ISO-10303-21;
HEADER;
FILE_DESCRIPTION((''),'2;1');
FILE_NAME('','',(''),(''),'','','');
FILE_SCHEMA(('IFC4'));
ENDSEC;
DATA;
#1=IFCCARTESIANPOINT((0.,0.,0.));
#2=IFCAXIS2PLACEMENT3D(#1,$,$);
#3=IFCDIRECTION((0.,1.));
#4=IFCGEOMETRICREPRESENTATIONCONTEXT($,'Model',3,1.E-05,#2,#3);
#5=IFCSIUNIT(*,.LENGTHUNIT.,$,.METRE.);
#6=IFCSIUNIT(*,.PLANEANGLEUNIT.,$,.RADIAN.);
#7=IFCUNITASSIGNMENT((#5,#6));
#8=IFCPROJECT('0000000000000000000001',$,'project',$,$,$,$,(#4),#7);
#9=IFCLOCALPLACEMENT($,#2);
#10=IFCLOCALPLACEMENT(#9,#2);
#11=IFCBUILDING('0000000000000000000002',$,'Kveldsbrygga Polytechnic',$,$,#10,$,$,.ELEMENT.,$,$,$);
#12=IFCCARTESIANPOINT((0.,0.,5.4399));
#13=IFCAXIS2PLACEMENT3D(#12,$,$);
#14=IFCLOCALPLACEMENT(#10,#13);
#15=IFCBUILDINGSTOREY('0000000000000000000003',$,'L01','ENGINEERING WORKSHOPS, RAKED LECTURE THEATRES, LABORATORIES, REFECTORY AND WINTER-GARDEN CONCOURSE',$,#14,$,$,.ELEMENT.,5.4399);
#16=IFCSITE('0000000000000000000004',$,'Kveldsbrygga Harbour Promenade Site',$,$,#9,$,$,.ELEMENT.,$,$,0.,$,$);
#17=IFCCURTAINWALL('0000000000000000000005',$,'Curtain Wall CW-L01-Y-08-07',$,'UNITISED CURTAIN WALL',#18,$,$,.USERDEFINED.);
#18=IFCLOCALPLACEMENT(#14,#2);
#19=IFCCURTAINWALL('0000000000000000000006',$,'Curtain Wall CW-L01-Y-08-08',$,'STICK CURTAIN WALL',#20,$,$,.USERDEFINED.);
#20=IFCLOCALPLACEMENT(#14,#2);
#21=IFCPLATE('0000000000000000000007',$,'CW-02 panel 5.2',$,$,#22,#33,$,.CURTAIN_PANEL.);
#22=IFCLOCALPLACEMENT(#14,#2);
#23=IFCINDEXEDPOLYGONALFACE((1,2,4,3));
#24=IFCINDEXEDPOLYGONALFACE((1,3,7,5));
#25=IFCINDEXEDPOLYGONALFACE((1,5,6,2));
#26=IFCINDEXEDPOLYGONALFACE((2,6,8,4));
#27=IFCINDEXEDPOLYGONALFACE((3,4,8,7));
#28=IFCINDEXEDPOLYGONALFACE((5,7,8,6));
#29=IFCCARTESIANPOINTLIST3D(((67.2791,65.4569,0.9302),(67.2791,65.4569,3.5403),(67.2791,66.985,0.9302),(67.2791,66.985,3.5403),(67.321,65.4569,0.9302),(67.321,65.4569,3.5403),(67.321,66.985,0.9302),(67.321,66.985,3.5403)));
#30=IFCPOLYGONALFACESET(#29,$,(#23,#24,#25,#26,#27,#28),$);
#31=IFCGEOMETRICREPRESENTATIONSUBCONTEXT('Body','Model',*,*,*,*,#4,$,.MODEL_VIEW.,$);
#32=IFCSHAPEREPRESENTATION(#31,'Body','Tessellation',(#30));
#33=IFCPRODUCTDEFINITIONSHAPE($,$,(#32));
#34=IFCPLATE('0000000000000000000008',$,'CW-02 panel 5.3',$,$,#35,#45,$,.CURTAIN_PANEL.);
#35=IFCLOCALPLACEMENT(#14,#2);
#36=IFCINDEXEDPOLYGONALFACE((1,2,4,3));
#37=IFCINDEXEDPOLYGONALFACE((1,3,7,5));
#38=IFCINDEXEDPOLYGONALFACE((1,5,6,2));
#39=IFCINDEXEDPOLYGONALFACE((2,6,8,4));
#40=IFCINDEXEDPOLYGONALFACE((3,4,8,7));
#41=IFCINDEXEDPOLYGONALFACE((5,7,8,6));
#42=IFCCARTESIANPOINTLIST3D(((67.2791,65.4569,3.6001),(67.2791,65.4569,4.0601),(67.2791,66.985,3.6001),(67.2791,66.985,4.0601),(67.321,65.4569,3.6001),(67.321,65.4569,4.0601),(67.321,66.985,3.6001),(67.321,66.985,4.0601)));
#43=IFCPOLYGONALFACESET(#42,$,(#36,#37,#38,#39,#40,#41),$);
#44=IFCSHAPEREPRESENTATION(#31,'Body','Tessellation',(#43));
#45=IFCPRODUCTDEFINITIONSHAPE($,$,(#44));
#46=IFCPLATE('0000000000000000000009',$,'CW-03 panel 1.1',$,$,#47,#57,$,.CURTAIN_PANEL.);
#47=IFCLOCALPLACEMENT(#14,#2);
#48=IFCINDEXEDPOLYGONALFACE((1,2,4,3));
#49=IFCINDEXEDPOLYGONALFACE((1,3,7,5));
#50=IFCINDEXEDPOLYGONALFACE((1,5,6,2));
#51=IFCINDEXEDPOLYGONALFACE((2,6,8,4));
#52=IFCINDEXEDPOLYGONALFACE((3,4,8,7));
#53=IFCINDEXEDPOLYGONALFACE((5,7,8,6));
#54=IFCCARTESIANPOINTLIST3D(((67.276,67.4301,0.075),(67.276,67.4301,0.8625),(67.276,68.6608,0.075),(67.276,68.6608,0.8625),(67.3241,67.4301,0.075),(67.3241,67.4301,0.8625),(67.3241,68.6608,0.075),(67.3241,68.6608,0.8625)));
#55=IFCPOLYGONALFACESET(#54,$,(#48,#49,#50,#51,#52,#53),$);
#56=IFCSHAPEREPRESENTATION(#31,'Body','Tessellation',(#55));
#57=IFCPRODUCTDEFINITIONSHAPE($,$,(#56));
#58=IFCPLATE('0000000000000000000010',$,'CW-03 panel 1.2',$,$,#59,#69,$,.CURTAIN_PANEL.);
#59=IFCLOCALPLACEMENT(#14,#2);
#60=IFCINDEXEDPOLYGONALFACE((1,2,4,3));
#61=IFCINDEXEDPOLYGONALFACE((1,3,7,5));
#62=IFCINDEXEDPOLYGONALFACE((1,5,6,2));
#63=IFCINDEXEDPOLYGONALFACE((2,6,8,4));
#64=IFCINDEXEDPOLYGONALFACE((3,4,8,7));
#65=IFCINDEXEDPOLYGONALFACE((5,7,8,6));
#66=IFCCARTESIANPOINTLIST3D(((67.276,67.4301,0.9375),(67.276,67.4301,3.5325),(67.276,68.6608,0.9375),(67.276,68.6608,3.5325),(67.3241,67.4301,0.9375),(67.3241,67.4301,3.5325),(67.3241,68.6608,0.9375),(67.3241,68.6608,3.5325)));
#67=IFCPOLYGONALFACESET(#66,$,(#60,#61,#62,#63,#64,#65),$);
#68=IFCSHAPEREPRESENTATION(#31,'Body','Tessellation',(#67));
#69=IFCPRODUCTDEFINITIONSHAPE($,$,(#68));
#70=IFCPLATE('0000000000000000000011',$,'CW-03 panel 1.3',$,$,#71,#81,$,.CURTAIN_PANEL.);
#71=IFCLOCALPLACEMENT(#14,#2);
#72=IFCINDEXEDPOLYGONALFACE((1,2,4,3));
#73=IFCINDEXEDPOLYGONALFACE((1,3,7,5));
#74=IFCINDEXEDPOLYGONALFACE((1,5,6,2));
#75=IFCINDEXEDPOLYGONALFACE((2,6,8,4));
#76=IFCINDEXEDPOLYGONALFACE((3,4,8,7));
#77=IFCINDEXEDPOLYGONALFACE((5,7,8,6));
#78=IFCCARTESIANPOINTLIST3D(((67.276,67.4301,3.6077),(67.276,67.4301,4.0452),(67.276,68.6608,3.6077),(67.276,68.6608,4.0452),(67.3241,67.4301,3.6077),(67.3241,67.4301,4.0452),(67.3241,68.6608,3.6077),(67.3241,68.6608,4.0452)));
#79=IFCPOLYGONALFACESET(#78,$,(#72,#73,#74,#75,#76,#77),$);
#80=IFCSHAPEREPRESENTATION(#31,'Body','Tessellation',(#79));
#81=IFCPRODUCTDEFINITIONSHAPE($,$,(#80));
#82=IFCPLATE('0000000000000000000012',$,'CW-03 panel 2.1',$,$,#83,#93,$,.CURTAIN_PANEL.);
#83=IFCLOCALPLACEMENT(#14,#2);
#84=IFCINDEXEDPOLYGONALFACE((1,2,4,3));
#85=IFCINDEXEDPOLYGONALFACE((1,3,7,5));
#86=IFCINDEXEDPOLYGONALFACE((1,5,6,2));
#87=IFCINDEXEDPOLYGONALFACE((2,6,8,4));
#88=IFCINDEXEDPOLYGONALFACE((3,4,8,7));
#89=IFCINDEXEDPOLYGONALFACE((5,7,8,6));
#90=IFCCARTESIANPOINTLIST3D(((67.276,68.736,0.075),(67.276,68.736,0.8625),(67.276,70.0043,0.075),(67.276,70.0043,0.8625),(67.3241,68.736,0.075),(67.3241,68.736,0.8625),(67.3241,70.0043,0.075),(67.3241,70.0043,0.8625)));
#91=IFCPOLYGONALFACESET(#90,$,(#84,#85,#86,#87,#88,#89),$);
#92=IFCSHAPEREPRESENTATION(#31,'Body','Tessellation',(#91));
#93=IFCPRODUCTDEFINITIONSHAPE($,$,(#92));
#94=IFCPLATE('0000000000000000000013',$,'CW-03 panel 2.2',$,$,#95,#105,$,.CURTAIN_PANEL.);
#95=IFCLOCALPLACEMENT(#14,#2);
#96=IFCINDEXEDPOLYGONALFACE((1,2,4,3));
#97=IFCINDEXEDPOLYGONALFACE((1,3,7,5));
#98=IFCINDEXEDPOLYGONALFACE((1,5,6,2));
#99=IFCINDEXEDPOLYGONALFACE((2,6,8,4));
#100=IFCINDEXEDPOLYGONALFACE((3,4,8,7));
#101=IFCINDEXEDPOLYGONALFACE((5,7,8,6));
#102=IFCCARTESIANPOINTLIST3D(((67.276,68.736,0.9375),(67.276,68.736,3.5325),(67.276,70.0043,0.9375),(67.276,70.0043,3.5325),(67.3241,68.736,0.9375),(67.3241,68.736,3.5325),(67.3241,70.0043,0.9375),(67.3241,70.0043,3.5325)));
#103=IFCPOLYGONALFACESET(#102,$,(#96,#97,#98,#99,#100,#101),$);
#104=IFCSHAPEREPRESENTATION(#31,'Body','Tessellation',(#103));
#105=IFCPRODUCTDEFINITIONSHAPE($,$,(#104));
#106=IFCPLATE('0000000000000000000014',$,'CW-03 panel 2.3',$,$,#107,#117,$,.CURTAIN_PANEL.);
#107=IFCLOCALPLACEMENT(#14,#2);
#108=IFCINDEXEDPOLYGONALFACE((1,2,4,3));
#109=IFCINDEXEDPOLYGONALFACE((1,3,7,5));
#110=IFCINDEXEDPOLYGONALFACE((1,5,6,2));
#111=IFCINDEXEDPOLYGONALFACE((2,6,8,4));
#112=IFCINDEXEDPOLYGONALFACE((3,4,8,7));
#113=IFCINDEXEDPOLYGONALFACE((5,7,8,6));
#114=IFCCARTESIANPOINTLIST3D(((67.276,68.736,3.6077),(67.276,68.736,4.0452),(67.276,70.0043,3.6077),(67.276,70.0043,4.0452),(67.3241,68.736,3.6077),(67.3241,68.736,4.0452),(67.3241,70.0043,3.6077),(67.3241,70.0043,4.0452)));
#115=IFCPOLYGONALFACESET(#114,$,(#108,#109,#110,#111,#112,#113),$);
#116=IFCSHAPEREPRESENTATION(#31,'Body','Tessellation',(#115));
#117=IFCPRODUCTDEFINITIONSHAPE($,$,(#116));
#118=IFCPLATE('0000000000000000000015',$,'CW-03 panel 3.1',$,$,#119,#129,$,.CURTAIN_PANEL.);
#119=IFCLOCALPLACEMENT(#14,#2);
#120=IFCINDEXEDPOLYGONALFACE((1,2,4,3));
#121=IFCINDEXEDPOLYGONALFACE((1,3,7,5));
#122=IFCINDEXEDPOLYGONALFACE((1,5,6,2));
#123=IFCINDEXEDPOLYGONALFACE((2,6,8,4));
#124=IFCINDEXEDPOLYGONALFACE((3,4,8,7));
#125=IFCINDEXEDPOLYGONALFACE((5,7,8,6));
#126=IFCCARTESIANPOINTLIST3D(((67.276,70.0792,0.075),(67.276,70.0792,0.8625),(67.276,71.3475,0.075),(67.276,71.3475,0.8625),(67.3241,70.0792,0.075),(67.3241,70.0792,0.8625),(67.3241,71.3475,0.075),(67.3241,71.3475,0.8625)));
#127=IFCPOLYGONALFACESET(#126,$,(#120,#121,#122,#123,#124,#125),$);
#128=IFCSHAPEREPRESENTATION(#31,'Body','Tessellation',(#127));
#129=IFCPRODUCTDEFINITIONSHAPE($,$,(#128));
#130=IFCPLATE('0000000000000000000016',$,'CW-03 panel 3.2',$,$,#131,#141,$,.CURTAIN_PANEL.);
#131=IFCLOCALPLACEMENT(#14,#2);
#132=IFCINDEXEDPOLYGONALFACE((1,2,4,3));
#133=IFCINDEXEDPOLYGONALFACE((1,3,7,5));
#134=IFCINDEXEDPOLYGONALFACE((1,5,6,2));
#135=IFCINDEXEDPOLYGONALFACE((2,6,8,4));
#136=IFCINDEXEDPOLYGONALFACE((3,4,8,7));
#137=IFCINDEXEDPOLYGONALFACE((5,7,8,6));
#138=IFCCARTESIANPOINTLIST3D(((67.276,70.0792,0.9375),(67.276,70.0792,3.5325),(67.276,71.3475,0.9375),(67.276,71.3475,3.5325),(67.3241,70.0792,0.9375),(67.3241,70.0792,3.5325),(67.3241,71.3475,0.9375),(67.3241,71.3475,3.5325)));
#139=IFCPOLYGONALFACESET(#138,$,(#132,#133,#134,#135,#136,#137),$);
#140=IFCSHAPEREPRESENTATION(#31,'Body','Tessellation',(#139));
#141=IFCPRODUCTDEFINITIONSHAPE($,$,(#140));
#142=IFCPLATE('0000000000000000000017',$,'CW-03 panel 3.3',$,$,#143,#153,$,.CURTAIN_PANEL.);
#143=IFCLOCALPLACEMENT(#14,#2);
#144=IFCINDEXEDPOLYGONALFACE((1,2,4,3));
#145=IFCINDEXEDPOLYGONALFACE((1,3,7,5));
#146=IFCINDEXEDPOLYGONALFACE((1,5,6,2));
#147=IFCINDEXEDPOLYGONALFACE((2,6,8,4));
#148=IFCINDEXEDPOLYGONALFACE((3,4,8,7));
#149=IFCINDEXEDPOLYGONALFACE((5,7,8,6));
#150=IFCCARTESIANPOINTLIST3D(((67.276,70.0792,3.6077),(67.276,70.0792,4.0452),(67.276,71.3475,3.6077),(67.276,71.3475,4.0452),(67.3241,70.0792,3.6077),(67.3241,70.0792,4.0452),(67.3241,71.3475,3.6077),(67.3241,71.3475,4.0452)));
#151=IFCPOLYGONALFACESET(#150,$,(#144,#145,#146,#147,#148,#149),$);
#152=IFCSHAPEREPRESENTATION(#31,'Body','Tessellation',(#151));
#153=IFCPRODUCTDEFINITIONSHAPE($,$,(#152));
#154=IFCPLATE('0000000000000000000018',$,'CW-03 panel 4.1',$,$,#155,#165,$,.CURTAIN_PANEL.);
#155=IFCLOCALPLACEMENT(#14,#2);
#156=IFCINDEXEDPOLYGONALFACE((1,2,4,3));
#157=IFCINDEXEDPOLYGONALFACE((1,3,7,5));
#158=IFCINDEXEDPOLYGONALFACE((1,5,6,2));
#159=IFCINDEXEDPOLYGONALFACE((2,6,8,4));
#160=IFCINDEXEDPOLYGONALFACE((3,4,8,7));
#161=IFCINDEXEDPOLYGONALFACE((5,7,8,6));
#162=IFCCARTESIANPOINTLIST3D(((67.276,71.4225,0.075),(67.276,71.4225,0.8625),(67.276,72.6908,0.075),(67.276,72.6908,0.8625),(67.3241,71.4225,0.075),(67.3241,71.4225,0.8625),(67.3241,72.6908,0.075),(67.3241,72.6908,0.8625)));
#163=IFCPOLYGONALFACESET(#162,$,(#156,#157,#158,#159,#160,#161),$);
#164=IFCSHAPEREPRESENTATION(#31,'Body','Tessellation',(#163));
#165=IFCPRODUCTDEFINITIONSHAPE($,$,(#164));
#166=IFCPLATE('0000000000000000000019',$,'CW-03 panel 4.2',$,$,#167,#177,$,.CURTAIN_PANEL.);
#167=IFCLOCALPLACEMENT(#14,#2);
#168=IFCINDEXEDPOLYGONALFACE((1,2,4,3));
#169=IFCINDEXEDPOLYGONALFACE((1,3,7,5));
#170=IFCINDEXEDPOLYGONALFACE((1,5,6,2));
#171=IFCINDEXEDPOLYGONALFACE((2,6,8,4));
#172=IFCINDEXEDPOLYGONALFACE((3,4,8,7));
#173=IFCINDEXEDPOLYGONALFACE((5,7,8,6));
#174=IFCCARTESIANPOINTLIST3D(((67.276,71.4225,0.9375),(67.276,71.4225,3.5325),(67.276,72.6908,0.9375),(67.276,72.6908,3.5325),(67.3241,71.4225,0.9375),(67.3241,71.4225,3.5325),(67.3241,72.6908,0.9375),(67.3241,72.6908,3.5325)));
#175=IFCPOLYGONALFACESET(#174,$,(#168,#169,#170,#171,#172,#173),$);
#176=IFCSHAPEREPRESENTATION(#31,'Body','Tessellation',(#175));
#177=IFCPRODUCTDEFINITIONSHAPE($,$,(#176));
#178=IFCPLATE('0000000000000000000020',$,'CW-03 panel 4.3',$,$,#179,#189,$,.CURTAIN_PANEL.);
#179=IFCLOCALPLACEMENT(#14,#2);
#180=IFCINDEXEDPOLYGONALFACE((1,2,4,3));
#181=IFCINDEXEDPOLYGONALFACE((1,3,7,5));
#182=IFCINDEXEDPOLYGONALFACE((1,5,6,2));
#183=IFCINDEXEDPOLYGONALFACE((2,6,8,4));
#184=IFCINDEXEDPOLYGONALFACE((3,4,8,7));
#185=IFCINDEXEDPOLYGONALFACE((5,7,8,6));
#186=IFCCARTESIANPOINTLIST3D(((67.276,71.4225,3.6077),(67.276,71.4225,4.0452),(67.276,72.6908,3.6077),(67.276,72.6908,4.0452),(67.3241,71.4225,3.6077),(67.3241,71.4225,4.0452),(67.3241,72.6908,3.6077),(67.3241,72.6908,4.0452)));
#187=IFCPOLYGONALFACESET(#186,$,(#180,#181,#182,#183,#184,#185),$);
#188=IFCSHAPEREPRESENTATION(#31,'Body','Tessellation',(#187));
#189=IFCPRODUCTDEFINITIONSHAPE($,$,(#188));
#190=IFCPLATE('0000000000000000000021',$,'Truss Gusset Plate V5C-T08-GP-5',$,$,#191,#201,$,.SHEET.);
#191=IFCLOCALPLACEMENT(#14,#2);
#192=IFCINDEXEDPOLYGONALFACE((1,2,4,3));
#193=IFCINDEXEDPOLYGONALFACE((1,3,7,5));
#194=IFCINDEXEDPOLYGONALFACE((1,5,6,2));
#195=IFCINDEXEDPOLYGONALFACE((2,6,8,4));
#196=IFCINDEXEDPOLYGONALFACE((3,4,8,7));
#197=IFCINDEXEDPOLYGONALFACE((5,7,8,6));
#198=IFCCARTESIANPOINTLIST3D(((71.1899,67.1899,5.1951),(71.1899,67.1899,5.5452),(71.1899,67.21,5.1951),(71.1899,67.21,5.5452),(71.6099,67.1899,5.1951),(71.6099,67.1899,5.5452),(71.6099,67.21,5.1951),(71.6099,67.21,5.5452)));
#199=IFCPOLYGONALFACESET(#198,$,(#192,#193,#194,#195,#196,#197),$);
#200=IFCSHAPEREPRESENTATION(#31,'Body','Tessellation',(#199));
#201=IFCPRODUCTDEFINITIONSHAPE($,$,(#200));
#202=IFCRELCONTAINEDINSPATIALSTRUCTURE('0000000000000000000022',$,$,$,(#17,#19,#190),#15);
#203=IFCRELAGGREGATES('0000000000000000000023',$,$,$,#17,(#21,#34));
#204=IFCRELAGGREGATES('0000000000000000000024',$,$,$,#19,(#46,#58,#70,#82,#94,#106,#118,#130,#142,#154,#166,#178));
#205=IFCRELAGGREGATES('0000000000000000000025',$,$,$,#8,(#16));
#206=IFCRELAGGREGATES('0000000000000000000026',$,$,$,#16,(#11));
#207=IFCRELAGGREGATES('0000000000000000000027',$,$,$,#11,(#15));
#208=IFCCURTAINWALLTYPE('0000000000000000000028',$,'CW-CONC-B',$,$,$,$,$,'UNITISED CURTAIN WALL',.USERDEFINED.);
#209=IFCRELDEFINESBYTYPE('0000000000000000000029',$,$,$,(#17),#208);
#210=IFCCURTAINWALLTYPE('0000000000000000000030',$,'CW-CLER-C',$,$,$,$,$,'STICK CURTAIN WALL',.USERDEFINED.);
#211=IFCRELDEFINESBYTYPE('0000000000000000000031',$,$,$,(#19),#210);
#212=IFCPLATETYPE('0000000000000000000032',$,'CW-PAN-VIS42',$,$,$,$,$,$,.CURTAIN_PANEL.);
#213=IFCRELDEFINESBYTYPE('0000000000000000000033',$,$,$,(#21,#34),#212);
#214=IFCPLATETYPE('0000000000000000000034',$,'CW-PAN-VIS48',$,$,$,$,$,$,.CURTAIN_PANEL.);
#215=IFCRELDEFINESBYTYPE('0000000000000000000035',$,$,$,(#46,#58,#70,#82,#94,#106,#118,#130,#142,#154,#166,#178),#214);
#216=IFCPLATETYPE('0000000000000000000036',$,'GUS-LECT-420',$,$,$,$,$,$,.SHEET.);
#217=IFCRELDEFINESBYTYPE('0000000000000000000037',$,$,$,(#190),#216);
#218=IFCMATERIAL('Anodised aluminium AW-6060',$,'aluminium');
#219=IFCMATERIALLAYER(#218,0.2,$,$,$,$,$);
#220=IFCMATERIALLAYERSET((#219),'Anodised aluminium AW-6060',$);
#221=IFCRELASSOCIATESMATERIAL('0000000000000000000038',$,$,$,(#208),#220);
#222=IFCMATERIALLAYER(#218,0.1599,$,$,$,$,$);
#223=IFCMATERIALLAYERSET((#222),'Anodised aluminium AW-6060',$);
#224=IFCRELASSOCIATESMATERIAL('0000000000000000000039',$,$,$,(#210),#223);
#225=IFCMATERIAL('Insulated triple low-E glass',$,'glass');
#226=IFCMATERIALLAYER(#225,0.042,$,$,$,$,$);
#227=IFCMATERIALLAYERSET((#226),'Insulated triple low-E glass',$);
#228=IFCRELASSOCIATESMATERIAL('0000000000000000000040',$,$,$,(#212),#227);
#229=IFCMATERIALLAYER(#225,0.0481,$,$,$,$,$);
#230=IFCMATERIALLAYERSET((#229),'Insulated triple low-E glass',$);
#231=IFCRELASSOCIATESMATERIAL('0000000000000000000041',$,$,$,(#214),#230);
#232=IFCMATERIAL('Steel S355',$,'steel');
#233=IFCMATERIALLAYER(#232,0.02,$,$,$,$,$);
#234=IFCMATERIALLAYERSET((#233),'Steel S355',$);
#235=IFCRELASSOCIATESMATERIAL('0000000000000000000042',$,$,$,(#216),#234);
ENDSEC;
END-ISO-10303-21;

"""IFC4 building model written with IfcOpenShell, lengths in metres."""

from ifc_helpers import new_model, si_unit, direction, frame, origin, origin_2d, place, context, subcontext, project, spatial, rectangle, extrude, material, layer, layer_set, type_object, element, aggregate, save


model = new_model("IFC4")

# Units and contexts
model_context = context("Model", 3, precision=1e-05, world=origin(), true_north=direction((0.0, 1.0)))
body_context = subcontext(model_context, "Body", "Model", "MODEL_VIEW")
ifc_project = project(units=[si_unit("LENGTHUNIT", "METRE"), si_unit("PLANEANGLEUNIT", "RADIAN")], contexts=[model_context])

# Site, building, storey
site_placement = place(None, origin())
site = spatial("IfcSite", under=ifc_project, at=site_placement, Name="Kveldsbrygga Harbour Promenade Site", CompositionType="ELEMENT", RefElevation=0.0)
building_placement = place(site_placement, origin())
building = spatial("IfcBuilding", under=site, at=building_placement, Name="Kveldsbrygga Polytechnic", CompositionType="ELEMENT")
storey_placement = place(building_placement, frame((0.0, 0.0, 5.4399)))
storey = spatial("IfcBuildingStorey", under=building, at=storey_placement, Name="L01", Description="ENGINEERING WORKSHOPS, RAKED LECTURE THEATRES, LABORATORIES, REFECTORY AND WINTER-GARDEN CONCOURSE", CompositionType="ELEMENT", Elevation=5.4399)

# Curtain wall
ifc_material_1 = material(Name="Anodised aluminium AW-6060", Category="aluminium")
ifc_layer_1 = layer(ifc_material_1, 0.2)
ifc_layer_set_1 = layer_set([ifc_layer_1], Name="Anodised aluminium AW-6060")
curtain_wall_type_1 = type_object("IfcCurtainWallType", Name="CW-CONC-B", ElementType="UNITISED CURTAIN WALL", PredefinedType="USERDEFINED", material=ifc_layer_set_1)
curtain_wall_1_placement = place(storey_placement, origin())
curtain_wall_1 = element("IfcCurtainWall", 1, at=curtain_wall_1_placement, inside=storey, type_object=curtain_wall_type_1, Name="Curtain Wall CW-L01-Y-08-07", ObjectType="UNITISED CURTAIN WALL", PredefinedType="USERDEFINED")

# Curtain wall
ifc_layer_2 = layer(ifc_material_1, 0.1599)
ifc_layer_set_2 = layer_set([ifc_layer_2], Name="Anodised aluminium AW-6060")
curtain_wall_type_2 = type_object("IfcCurtainWallType", Name="CW-CLER-C", ElementType="STICK CURTAIN WALL", PredefinedType="USERDEFINED", material=ifc_layer_set_2)
curtain_wall_2_placement = place(storey_placement, origin())
curtain_wall_2 = element("IfcCurtainWall", 2, at=curtain_wall_2_placement, inside=storey, type_object=curtain_wall_type_2, Name="Curtain Wall CW-L01-Y-08-08", ObjectType="STICK CURTAIN WALL", PredefinedType="USERDEFINED")

# Shared definitions
ifc_material_2 = material(Name="Steel S355", Category="steel")

# Plates
ifc_material_3 = material(Name="Insulated triple low-E glass", Category="glass")
ifc_layer_3 = layer(ifc_material_3, 0.042)
ifc_layer_set_3 = layer_set([ifc_layer_3], Name="Insulated triple low-E glass")
plate_type_1 = type_object("IfcPlateType", Name="CW-PAN-VIS42", PredefinedType="CURTAIN_PANEL", material=ifc_layer_set_3)
plate_1_placement = place(storey_placement, frame((67.3, 66.2209, 0.9302), z_axis=(0.0, 0.0, 1.0), x_axis=(0.0, 1.0, 0.0)))
plate_1 = element("IfcPlate", 3, at=plate_1_placement, type_object=plate_type_1, Name="CW-02 panel 5.2", PredefinedType="CURTAIN_PANEL", context=body_context, shape_type="SweptSolid", body=[
    extrude(rectangle(XDim=1.5281, YDim=0.042, at=origin_2d()), origin(), (0.0, 0.0, 1.0), 2.6101),
])
plate_2_placement = place(storey_placement, frame((67.3, 66.2209, 3.6001), z_axis=(0.0, 0.0, 1.0), x_axis=(0.0, 1.0, 0.0)))
plate_2 = element("IfcPlate", 4, at=plate_2_placement, type_object=plate_type_1, Name="CW-02 panel 5.3", PredefinedType="CURTAIN_PANEL", context=body_context, shape_type="SweptSolid", body=[
    extrude(rectangle(XDim=1.5281, YDim=0.042, at=origin_2d()), origin(), (0.0, 0.0, 1.0), 0.46),
])
aggregate(curtain_wall_1, [plate_1, plate_2])
ifc_layer_4 = layer(ifc_material_3, 0.0481)
ifc_layer_set_4 = layer_set([ifc_layer_4], Name="Insulated triple low-E glass")
plate_type_2 = type_object("IfcPlateType", Name="CW-PAN-VIS48", PredefinedType="CURTAIN_PANEL", material=ifc_layer_set_4)
plate_3_placement = place(storey_placement, frame((67.3, 68.0454, 0.075), z_axis=(0.0, 0.0, 1.0), x_axis=(0.0, 1.0, 0.0)))
plate_3 = element("IfcPlate", 5, at=plate_3_placement, type_object=plate_type_2, Name="CW-03 panel 1.1", PredefinedType="CURTAIN_PANEL", context=body_context, shape_type="SweptSolid", body=[
    extrude(rectangle(XDim=1.2307, YDim=0.0481, at=origin_2d()), origin(), (0.0, 0.0, 1.0), 0.7876),
])
plate_4_placement = place(storey_placement, frame((67.3, 68.0454, 0.9375), z_axis=(0.0, 0.0, 1.0), x_axis=(0.0, 1.0, 0.0)))
plate_4 = element("IfcPlate", 6, at=plate_4_placement, type_object=plate_type_2, Name="CW-03 panel 1.2", PredefinedType="CURTAIN_PANEL", context=body_context, shape_type="SweptSolid", body=[
    extrude(rectangle(XDim=1.2307, YDim=0.0481, at=origin_2d()), origin(), (0.0, 0.0, 1.0), 2.595),
])
plate_5_placement = place(storey_placement, frame((67.3, 68.0454, 3.6077), z_axis=(0.0, 0.0, 1.0), x_axis=(0.0, 1.0, 0.0)))
plate_5 = element("IfcPlate", 7, at=plate_5_placement, type_object=plate_type_2, Name="CW-03 panel 1.3", PredefinedType="CURTAIN_PANEL", context=body_context, shape_type="SweptSolid", body=[
    extrude(rectangle(XDim=1.2307, YDim=0.0481, at=origin_2d()), origin(), (0.0, 0.0, 1.0), 0.4375),
])
plate_6_placement = place(storey_placement, frame((67.3, 69.3701, 0.075), z_axis=(0.0, 0.0, 1.0), x_axis=(0.0, 1.0, 0.0)))
plate_6 = element("IfcPlate", 8, at=plate_6_placement, type_object=plate_type_2, Name="CW-03 panel 2.1", PredefinedType="CURTAIN_PANEL", context=body_context, shape_type="SweptSolid", body=[
    extrude(rectangle(XDim=1.2683, YDim=0.0481, at=origin_2d()), origin(), (0.0, 0.0, 1.0), 0.7876),
])
plate_7_placement = place(storey_placement, frame((67.3, 69.3701, 0.9375), z_axis=(0.0, 0.0, 1.0), x_axis=(0.0, 1.0, 0.0)))
plate_7 = element("IfcPlate", 9, at=plate_7_placement, type_object=plate_type_2, Name="CW-03 panel 2.2", PredefinedType="CURTAIN_PANEL", context=body_context, shape_type="SweptSolid", body=[
    extrude(rectangle(XDim=1.2683, YDim=0.0481, at=origin_2d()), origin(), (0.0, 0.0, 1.0), 2.595),
])
plate_8_placement = place(storey_placement, frame((67.3, 69.3701, 3.6077), z_axis=(0.0, 0.0, 1.0), x_axis=(0.0, 1.0, 0.0)))
plate_8 = element("IfcPlate", 10, at=plate_8_placement, type_object=plate_type_2, Name="CW-03 panel 2.3", PredefinedType="CURTAIN_PANEL", context=body_context, shape_type="SweptSolid", body=[
    extrude(rectangle(XDim=1.2683, YDim=0.0481, at=origin_2d()), origin(), (0.0, 0.0, 1.0), 0.4375),
])
plate_9_placement = place(storey_placement, frame((67.3, 70.7134, 0.075), z_axis=(0.0, 0.0, 1.0), x_axis=(0.0, 1.0, 0.0)))
plate_9 = element("IfcPlate", 11, at=plate_9_placement, type_object=plate_type_2, Name="CW-03 panel 3.1", PredefinedType="CURTAIN_PANEL", context=body_context, shape_type="SweptSolid", body=[
    extrude(rectangle(XDim=1.2683, YDim=0.0481, at=origin_2d()), origin(), (0.0, 0.0, 1.0), 0.7876),
])
plate_10_placement = place(storey_placement, frame((67.3, 70.7134, 0.9375), z_axis=(0.0, 0.0, 1.0), x_axis=(0.0, 1.0, 0.0)))
plate_10 = element("IfcPlate", 12, at=plate_10_placement, type_object=plate_type_2, Name="CW-03 panel 3.2", PredefinedType="CURTAIN_PANEL", context=body_context, shape_type="SweptSolid", body=[
    extrude(rectangle(XDim=1.2683, YDim=0.0481, at=origin_2d()), origin(), (0.0, 0.0, 1.0), 2.595),
])
plate_11_placement = place(storey_placement, frame((67.3, 70.7134, 3.6077), z_axis=(0.0, 0.0, 1.0), x_axis=(0.0, 1.0, 0.0)))
plate_11 = element("IfcPlate", 13, at=plate_11_placement, type_object=plate_type_2, Name="CW-03 panel 3.3", PredefinedType="CURTAIN_PANEL", context=body_context, shape_type="SweptSolid", body=[
    extrude(rectangle(XDim=1.2683, YDim=0.0481, at=origin_2d()), origin(), (0.0, 0.0, 1.0), 0.4375),
])
plate_12_placement = place(storey_placement, frame((67.3, 72.0566, 0.075), z_axis=(0.0, 0.0, 1.0), x_axis=(0.0, 1.0, 0.0)))
plate_12 = element("IfcPlate", 14, at=plate_12_placement, type_object=plate_type_2, Name="CW-03 panel 4.1", PredefinedType="CURTAIN_PANEL", context=body_context, shape_type="SweptSolid", body=[
    extrude(rectangle(XDim=1.2683, YDim=0.0481, at=origin_2d()), origin(), (0.0, 0.0, 1.0), 0.7876),
])
plate_13_placement = place(storey_placement, frame((67.3, 72.0566, 0.9375), z_axis=(0.0, 0.0, 1.0), x_axis=(0.0, 1.0, 0.0)))
plate_13 = element("IfcPlate", 15, at=plate_13_placement, type_object=plate_type_2, Name="CW-03 panel 4.2", PredefinedType="CURTAIN_PANEL", context=body_context, shape_type="SweptSolid", body=[
    extrude(rectangle(XDim=1.2683, YDim=0.0481, at=origin_2d()), origin(), (0.0, 0.0, 1.0), 2.595),
])
plate_14_placement = place(storey_placement, frame((67.3, 72.0566, 3.6077), z_axis=(0.0, 0.0, 1.0), x_axis=(0.0, 1.0, 0.0)))
plate_14 = element("IfcPlate", 16, at=plate_14_placement, type_object=plate_type_2, Name="CW-03 panel 4.3", PredefinedType="CURTAIN_PANEL", context=body_context, shape_type="SweptSolid", body=[
    extrude(rectangle(XDim=1.2683, YDim=0.0481, at=origin_2d()), origin(), (0.0, 0.0, 1.0), 0.4375),
])
aggregate(curtain_wall_2, [plate_3, plate_4, plate_5, plate_6, plate_7, plate_8, plate_9, plate_10, plate_11, plate_12, plate_13, plate_14])
ifc_layer_5 = layer(ifc_material_2, 0.02)
ifc_layer_set_5 = layer_set([ifc_layer_5], Name="Steel S355")
plate_type_3 = type_object("IfcPlateType", Name="GUS-LECT-420", PredefinedType="SHEET", material=ifc_layer_set_5)
plate_15_placement = place(storey_placement, frame((71.3999, 67.2, 5.1951), z_axis=(0.0, 0.0, 1.0), x_axis=(1.0, 0.0, 0.0)))
element("IfcPlate", 17, at=plate_15_placement, inside=storey, type_object=plate_type_3, Name="Truss Gusset Plate V5C-T08-GP-5", PredefinedType="SHEET", context=body_context, shape_type="SweptSolid", body=[
    extrude(rectangle(XDim=0.4199, YDim=0.02, at=origin_2d()), origin(), (0.0, 0.0, 1.0), 0.3501),
])

save(model, "model.ifc")
